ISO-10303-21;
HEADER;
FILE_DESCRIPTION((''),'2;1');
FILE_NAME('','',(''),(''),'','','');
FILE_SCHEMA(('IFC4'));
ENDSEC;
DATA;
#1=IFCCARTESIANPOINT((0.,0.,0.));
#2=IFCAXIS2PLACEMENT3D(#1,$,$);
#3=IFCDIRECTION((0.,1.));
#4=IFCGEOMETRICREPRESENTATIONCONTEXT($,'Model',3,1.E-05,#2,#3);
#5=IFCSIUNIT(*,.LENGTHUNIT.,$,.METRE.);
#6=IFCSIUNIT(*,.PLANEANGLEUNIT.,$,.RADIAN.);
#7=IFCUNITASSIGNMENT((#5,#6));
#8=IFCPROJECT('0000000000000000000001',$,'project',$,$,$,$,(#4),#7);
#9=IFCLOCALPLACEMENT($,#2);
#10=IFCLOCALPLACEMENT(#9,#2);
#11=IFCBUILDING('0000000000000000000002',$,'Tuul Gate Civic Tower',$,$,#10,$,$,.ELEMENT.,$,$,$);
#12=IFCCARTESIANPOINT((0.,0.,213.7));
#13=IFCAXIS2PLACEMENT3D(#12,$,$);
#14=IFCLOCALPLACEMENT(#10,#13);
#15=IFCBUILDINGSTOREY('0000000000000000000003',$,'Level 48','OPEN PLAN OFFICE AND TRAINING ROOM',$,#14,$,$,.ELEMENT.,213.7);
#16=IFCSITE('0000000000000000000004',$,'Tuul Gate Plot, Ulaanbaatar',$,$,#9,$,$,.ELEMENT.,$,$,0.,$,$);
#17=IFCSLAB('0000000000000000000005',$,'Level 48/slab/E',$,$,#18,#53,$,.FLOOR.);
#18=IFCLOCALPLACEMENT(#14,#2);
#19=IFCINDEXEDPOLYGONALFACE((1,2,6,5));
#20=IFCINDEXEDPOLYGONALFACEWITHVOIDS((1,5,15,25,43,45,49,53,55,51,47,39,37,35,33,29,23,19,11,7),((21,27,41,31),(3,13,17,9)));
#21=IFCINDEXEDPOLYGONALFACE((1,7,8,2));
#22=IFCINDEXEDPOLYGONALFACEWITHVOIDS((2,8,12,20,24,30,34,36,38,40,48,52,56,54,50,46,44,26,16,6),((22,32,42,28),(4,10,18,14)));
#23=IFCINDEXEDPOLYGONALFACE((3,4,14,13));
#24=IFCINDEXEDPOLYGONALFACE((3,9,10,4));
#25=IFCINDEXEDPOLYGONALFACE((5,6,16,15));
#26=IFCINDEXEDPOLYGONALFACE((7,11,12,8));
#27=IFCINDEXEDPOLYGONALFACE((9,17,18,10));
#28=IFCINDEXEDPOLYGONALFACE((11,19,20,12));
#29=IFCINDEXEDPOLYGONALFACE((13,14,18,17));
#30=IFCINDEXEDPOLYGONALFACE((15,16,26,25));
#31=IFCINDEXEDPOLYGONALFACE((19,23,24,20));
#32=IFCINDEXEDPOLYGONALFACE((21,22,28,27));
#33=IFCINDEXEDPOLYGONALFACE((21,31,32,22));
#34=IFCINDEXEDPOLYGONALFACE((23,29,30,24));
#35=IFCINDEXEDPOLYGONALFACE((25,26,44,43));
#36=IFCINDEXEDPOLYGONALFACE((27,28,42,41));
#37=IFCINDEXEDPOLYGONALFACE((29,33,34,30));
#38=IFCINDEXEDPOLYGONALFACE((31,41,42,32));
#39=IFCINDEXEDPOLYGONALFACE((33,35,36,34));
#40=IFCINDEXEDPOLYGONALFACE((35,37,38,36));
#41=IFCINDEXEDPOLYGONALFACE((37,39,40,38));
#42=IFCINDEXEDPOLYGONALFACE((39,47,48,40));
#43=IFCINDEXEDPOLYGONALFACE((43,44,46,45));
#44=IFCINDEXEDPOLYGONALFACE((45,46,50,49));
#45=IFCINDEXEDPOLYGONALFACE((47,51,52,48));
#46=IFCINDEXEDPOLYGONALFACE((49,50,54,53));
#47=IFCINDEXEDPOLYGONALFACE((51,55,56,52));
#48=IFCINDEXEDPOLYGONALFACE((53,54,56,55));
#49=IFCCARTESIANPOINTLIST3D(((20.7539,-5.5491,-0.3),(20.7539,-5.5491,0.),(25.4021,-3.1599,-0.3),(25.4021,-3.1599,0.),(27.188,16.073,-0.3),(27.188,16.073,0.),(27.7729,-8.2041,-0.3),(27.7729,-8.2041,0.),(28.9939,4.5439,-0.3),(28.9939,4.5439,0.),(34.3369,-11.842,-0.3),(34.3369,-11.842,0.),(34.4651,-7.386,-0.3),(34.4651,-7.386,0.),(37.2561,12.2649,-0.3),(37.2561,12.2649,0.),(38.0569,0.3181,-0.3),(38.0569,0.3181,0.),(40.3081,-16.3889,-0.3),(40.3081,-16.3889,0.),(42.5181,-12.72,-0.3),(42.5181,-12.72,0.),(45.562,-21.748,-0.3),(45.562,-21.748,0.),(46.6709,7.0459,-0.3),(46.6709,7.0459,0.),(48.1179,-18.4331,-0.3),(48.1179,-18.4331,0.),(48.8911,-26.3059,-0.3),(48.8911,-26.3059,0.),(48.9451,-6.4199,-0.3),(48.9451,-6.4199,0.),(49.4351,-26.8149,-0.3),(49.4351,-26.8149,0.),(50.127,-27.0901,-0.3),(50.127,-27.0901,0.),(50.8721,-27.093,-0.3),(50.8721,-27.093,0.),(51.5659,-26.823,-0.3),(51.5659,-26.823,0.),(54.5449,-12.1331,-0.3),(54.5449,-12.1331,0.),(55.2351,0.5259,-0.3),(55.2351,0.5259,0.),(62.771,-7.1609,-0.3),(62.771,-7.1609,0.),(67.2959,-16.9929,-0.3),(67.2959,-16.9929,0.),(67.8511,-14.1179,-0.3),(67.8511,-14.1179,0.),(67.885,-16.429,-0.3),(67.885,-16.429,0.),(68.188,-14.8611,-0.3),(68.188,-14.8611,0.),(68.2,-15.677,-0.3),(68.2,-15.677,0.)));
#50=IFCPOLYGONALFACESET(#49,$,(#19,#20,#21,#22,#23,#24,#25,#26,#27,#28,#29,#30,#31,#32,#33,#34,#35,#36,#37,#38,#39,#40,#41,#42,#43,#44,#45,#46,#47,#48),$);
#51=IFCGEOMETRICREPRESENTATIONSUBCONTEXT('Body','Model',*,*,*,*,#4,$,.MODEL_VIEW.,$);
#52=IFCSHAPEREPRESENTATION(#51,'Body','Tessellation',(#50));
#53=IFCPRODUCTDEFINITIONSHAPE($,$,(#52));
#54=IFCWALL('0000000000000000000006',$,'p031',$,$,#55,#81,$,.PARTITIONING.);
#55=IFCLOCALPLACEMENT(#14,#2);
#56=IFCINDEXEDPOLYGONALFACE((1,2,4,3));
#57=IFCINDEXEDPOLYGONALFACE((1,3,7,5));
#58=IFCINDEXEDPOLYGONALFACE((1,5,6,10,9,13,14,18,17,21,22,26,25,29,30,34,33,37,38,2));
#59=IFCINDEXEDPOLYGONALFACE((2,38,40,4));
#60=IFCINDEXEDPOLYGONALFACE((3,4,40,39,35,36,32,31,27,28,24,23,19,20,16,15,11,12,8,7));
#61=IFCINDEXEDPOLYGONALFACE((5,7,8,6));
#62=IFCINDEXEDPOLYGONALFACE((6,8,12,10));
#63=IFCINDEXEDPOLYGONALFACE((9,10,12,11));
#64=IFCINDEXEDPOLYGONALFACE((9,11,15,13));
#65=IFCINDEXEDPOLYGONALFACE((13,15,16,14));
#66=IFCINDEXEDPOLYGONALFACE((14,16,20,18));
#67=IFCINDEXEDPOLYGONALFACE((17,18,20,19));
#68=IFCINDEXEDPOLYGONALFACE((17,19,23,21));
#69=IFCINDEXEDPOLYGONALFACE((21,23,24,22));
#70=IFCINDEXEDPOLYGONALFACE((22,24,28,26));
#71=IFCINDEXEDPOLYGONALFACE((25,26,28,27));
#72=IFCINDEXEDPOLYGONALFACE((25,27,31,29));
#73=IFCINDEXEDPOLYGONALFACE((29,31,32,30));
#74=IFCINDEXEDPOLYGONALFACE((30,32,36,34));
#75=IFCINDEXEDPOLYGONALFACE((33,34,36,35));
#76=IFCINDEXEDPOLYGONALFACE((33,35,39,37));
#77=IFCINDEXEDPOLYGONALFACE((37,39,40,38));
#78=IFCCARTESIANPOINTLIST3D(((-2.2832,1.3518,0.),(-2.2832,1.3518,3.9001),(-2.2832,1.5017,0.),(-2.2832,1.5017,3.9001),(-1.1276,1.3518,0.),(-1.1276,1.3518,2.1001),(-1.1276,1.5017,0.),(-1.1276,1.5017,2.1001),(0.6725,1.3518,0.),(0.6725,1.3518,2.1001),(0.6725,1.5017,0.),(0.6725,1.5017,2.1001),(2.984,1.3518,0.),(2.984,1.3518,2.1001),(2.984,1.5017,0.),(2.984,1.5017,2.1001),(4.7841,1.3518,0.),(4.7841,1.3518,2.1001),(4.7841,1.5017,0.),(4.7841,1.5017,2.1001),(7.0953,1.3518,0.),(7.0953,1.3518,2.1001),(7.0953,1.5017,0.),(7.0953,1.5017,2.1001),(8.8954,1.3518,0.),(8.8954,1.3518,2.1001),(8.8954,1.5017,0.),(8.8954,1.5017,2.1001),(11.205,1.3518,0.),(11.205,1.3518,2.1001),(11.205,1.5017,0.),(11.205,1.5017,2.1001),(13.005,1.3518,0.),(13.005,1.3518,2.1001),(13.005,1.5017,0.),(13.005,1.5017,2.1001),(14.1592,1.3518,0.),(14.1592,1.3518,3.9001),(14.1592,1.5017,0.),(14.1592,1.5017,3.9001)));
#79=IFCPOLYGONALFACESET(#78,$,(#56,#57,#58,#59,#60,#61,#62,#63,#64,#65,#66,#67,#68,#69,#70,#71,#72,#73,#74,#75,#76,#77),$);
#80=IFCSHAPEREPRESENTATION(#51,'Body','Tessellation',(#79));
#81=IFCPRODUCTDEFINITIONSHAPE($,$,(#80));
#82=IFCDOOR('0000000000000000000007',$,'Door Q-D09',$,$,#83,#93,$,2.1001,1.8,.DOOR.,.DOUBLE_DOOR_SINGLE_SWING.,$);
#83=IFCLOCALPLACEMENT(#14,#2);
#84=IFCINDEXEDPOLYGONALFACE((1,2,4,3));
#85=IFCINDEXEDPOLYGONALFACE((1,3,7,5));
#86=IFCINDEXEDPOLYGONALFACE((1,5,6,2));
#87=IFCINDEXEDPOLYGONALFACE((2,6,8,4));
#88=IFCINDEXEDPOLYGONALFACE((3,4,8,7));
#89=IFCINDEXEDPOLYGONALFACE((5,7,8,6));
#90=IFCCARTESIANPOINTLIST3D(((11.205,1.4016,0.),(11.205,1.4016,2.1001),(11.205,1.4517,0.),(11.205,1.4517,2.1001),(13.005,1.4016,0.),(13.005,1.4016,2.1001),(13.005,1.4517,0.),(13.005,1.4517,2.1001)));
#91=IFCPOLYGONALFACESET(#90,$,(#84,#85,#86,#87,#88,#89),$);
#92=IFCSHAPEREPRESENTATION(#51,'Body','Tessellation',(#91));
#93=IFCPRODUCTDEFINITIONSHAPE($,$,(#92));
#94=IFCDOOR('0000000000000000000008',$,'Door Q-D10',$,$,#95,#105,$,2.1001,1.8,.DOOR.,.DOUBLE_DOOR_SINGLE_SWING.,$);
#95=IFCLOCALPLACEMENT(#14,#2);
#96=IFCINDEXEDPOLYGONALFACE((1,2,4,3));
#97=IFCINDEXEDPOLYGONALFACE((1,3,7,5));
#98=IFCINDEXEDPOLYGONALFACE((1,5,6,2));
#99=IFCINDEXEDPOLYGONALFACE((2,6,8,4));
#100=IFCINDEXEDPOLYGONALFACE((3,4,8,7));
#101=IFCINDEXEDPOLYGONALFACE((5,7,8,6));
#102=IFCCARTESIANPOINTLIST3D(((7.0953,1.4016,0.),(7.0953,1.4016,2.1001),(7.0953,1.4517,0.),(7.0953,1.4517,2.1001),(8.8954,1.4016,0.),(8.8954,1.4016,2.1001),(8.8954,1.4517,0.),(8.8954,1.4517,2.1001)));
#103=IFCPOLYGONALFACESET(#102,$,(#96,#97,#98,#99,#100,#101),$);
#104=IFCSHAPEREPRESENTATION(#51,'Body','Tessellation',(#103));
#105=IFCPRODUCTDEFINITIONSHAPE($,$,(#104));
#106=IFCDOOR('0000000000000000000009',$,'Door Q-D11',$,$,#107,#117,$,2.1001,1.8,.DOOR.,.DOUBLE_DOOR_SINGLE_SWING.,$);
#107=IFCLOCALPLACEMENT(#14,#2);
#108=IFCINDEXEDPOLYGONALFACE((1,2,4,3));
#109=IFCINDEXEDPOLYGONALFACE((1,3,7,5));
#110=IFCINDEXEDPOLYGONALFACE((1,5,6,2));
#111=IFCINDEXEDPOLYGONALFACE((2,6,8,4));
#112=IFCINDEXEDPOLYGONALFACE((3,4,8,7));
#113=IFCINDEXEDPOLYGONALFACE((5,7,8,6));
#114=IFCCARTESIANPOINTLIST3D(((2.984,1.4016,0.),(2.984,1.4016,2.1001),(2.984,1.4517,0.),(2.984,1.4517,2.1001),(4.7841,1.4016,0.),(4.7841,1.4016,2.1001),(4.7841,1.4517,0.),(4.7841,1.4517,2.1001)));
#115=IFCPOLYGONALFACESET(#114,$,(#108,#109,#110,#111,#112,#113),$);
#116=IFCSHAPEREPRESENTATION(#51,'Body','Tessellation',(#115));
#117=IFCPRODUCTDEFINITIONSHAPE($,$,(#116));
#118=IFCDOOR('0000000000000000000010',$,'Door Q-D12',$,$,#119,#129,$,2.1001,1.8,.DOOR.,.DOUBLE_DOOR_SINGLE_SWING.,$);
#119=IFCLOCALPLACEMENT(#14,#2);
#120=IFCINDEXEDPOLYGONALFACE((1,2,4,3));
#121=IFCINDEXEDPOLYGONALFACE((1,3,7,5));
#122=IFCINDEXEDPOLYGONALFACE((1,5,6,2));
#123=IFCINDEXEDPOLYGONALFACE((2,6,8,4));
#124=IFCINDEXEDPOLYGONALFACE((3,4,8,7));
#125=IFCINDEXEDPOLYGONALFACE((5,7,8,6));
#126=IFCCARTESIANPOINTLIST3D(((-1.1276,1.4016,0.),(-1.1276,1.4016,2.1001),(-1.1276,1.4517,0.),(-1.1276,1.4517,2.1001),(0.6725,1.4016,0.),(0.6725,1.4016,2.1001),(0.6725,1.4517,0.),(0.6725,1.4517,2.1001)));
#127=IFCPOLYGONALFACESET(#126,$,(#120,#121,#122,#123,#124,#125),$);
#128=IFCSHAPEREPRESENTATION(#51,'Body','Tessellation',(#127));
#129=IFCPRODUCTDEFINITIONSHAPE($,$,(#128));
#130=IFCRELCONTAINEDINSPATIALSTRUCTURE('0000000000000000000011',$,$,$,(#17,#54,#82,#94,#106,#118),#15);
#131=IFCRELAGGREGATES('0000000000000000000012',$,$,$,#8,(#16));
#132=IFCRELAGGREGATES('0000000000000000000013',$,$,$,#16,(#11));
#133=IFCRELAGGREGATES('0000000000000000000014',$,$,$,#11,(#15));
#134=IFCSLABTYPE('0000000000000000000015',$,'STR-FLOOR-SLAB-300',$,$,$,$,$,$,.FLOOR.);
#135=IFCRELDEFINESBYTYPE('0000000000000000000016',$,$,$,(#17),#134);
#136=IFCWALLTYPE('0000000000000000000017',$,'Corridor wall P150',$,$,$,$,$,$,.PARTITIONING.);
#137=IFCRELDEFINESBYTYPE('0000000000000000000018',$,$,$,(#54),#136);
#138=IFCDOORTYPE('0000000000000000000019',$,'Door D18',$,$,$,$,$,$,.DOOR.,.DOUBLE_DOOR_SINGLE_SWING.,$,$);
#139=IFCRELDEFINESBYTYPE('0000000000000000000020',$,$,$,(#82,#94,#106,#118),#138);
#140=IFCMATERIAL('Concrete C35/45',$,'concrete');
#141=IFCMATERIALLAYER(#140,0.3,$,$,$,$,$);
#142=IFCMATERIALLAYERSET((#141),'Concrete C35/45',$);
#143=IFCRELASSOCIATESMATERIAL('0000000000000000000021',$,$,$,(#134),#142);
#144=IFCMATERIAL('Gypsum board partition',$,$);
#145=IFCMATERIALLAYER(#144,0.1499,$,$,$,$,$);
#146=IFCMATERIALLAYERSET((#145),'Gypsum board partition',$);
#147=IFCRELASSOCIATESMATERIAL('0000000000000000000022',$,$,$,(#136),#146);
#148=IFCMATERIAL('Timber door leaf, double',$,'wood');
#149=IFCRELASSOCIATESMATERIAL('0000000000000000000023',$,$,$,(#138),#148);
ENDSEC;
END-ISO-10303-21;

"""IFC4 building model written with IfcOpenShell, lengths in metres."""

from ifc_helpers import new_model, si_unit, direction, frame, frame_2d, origin, place, context, subcontext, project, spatial, polyline, rectangle, outline, extrude, material, layer, layer_set, type_object, element, fill, save


model = new_model("IFC4")

# Units and contexts
model_context = context("Model", 3, precision=1e-05, world=origin(), true_north=direction((0.0, 1.0)))
body_context = subcontext(model_context, "Body", "Model", "MODEL_VIEW")
ifc_project = project(units=[si_unit("LENGTHUNIT", "METRE"), si_unit("PLANEANGLEUNIT", "RADIAN")], contexts=[model_context])

# Site, building, storey
site_placement = place(None, origin())
site = spatial("IfcSite", under=ifc_project, at=site_placement, Name="Tuul Gate Plot, Ulaanbaatar", CompositionType="ELEMENT", RefElevation=0.0)
building_placement = place(site_placement, origin())
building = spatial("IfcBuilding", under=site, at=building_placement, Name="Tuul Gate Civic Tower", CompositionType="ELEMENT")
storey_placement = place(building_placement, frame((0.0, 0.0, 213.7)))
storey = spatial("IfcBuildingStorey", under=building, at=storey_placement, Name="Level 48", Description="OPEN PLAN OFFICE AND TRAINING ROOM", CompositionType="ELEMENT", Elevation=213.7)

# Slab
ifc_material_1 = material(Name="Concrete C35/45", Category="concrete")
ifc_layer_1 = layer(ifc_material_1, 0.3)
ifc_layer_set_1 = layer_set([ifc_layer_1], Name="Concrete C35/45")
slab_type_1 = type_object("IfcSlabType", Name="STR-FLOOR-SLAB-300", PredefinedType="FLOOR", material=ifc_layer_set_1)
slab_1_placement = place(storey_placement, frame((0.0, 0.0, -0.3)))
element("IfcSlab", 1, at=slab_1_placement, inside=storey, type_object=slab_type_1, Name="Level 48/slab/E", PredefinedType="FLOOR", context=body_context, shape_type="SweptSolid", body=[
    extrude(outline(polyline([(50.8721, -27.093), (51.5659, -26.823), (67.2959, -16.9929), (67.885, -16.429), (68.2, -15.677), (68.188, -14.8611), (67.8511, -14.1179), (62.771, -7.1609), (55.2351, 0.5259), (46.6709, 7.0459), (37.2561, 12.2649), (27.188, 16.073), (20.7539, -5.5491), (27.7729, -8.2041), (34.3369, -11.842), (40.3081, -16.3889), (45.562, -21.748), (48.8911, -26.3059), (49.4351, -26.8149), (50.127, -27.0901), (50.8721, -27.093)]), holes=[polyline([(48.1179, -18.4331), (42.5181, -12.72), (48.9451, -6.4199), (54.5449, -12.1331), (48.1179, -18.4331)]), polyline([(25.4021, -3.1599), (28.9939, 4.5439), (38.0569, 0.3181), (34.4651, -7.386), (25.4021, -3.1599)])]), origin(), (0.0, 0.0, 1.0), 0.3),
])

# Wall, openings, doors
ifc_material_2 = material(Name="Gypsum board partition")
ifc_layer_2 = layer(ifc_material_2, 0.1499)
ifc_layer_set_2 = layer_set([ifc_layer_2], Name="Gypsum board partition")
wall_type_1 = type_object("IfcWallType", Name="Corridor wall P150", PredefinedType="PARTITIONING", material=ifc_layer_set_2)
wall_1_placement = place(storey_placement, frame((-2.2832, 1.4268, 0.0), z_axis=(0.0, 0.0, 1.0), x_axis=(1.0, 0.0, 0.0)))
wall_1 = element("IfcWall", 2, at=wall_1_placement, inside=storey, type_object=wall_type_1, Name="p031", PredefinedType="PARTITIONING", context=body_context, shape_type="SweptSolid", body=[
    extrude(rectangle(XDim=16.4424, YDim=0.1499, at=frame_2d((8.2212, 0.0))), origin(), (0.0, 0.0, 1.0), 3.9001),
])
opening_1_placement = place(wall_1_placement, frame((13.4883, 0.0, 0.0)))
opening_1 = element("IfcOpeningElement", 3, at=opening_1_placement, cuts=wall_1, PredefinedType="OPENING", context=body_context, shape_type="SweptSolid", body=[
    extrude(rectangle(XDim=1.8, YDim=2.1001, at=frame_2d((0.8999, 1.05))), frame((0.0, 0.085, 0.0), z_axis=(0.0, -1.0, 0.0), x_axis=(1.0, 0.0, 0.0)), (0.0, 0.0, 1.0), 0.1699),
])
opening_2_placement = place(wall_1_placement, frame((9.3787, 0.0, 0.0)))
opening_2 = element("IfcOpeningElement", 4, at=opening_2_placement, cuts=wall_1, PredefinedType="OPENING", context=body_context, shape_type="SweptSolid", body=[
    extrude(rectangle(XDim=1.8, YDim=2.1001, at=frame_2d((0.8999, 1.05))), frame((0.0, 0.085, 0.0), z_axis=(0.0, -1.0, 0.0), x_axis=(1.0, 0.0, 0.0)), (0.0, 0.0, 1.0), 0.1699),
])
opening_3_placement = place(wall_1_placement, frame((5.2673, 0.0, 0.0)))
opening_3 = element("IfcOpeningElement", 5, at=opening_3_placement, cuts=wall_1, PredefinedType="OPENING", context=body_context, shape_type="SweptSolid", body=[
    extrude(rectangle(XDim=1.8, YDim=2.1001, at=frame_2d((0.8999, 1.05))), frame((0.0, 0.085, 0.0), z_axis=(0.0, -1.0, 0.0), x_axis=(1.0, 0.0, 0.0)), (0.0, 0.0, 1.0), 0.1699),
])
opening_4_placement = place(wall_1_placement, frame((1.1558, 0.0, 0.0)))
opening_4 = element("IfcOpeningElement", 6, at=opening_4_placement, cuts=wall_1, PredefinedType="OPENING", context=body_context, shape_type="SweptSolid", body=[
    extrude(rectangle(XDim=1.8, YDim=2.1001, at=frame_2d((0.8999, 1.05))), frame((0.0, 0.085, 0.0), z_axis=(0.0, -1.0, 0.0), x_axis=(1.0, 0.0, 0.0)), (0.0, 0.0, 1.0), 0.1699),
])
ifc_material_3 = material(Name="Timber door leaf, double", Category="wood")
door_type = type_object("IfcDoorType", Name="Door D18", OperationType="DOUBLE_DOOR_SINGLE_SWING", PredefinedType="DOOR", material=ifc_material_3)
door_1_placement = place(opening_1_placement, origin())
door_1 = element("IfcDoor", 7, at=door_1_placement, inside=storey, type_object=door_type, Name="Door Q-D09", OperationType="DOUBLE_DOOR_SINGLE_SWING", OverallHeight=2.1001, OverallWidth=1.8, PredefinedType="DOOR", context=body_context, shape_type="SweptSolid", body=[
    extrude(rectangle(XDim=1.8, YDim=2.1001, at=frame_2d((0.8999, 1.05))), frame((0.0, 0.0249, 0.0), z_axis=(0.0, -1.0, 0.0), x_axis=(1.0, 0.0, 0.0)), (0.0, 0.0, 1.0), 0.05),
])
fill(opening_1, door_1)
door_2_placement = place(opening_2_placement, origin())
door_2 = element("IfcDoor", 8, at=door_2_placement, inside=storey, type_object=door_type, Name="Door Q-D10", OperationType="DOUBLE_DOOR_SINGLE_SWING", OverallHeight=2.1001, OverallWidth=1.8, PredefinedType="DOOR", context=body_context, shape_type="SweptSolid", body=[
    extrude(rectangle(XDim=1.8, YDim=2.1001, at=frame_2d((0.8999, 1.05))), frame((0.0, 0.0249, 0.0), z_axis=(0.0, -1.0, 0.0), x_axis=(1.0, 0.0, 0.0)), (0.0, 0.0, 1.0), 0.05),
])
fill(opening_2, door_2)
door_3_placement = place(opening_3_placement, origin())
door_3 = element("IfcDoor", 9, at=door_3_placement, inside=storey, type_object=door_type, Name="Door Q-D11", OperationType="DOUBLE_DOOR_SINGLE_SWING", OverallHeight=2.1001, OverallWidth=1.8, PredefinedType="DOOR", context=body_context, shape_type="SweptSolid", body=[
    extrude(rectangle(XDim=1.8, YDim=2.1001, at=frame_2d((0.8999, 1.05))), frame((0.0, 0.0249, 0.0), z_axis=(0.0, -1.0, 0.0), x_axis=(1.0, 0.0, 0.0)), (0.0, 0.0, 1.0), 0.05),
])
fill(opening_3, door_3)
door_4_placement = place(opening_4_placement, origin())
door_4 = element("IfcDoor", 10, at=door_4_placement, inside=storey, type_object=door_type, Name="Door Q-D12", OperationType="DOUBLE_DOOR_SINGLE_SWING", OverallHeight=2.1001, OverallWidth=1.8, PredefinedType="DOOR", context=body_context, shape_type="SweptSolid", body=[
    extrude(rectangle(XDim=1.8, YDim=2.1001, at=frame_2d((0.8999, 1.05))), frame((0.0, 0.0249, 0.0), z_axis=(0.0, -1.0, 0.0), x_axis=(1.0, 0.0, 0.0)), (0.0, 0.0, 1.0), 0.05),
])
fill(opening_4, door_4)

save(model, "model.ifc")
